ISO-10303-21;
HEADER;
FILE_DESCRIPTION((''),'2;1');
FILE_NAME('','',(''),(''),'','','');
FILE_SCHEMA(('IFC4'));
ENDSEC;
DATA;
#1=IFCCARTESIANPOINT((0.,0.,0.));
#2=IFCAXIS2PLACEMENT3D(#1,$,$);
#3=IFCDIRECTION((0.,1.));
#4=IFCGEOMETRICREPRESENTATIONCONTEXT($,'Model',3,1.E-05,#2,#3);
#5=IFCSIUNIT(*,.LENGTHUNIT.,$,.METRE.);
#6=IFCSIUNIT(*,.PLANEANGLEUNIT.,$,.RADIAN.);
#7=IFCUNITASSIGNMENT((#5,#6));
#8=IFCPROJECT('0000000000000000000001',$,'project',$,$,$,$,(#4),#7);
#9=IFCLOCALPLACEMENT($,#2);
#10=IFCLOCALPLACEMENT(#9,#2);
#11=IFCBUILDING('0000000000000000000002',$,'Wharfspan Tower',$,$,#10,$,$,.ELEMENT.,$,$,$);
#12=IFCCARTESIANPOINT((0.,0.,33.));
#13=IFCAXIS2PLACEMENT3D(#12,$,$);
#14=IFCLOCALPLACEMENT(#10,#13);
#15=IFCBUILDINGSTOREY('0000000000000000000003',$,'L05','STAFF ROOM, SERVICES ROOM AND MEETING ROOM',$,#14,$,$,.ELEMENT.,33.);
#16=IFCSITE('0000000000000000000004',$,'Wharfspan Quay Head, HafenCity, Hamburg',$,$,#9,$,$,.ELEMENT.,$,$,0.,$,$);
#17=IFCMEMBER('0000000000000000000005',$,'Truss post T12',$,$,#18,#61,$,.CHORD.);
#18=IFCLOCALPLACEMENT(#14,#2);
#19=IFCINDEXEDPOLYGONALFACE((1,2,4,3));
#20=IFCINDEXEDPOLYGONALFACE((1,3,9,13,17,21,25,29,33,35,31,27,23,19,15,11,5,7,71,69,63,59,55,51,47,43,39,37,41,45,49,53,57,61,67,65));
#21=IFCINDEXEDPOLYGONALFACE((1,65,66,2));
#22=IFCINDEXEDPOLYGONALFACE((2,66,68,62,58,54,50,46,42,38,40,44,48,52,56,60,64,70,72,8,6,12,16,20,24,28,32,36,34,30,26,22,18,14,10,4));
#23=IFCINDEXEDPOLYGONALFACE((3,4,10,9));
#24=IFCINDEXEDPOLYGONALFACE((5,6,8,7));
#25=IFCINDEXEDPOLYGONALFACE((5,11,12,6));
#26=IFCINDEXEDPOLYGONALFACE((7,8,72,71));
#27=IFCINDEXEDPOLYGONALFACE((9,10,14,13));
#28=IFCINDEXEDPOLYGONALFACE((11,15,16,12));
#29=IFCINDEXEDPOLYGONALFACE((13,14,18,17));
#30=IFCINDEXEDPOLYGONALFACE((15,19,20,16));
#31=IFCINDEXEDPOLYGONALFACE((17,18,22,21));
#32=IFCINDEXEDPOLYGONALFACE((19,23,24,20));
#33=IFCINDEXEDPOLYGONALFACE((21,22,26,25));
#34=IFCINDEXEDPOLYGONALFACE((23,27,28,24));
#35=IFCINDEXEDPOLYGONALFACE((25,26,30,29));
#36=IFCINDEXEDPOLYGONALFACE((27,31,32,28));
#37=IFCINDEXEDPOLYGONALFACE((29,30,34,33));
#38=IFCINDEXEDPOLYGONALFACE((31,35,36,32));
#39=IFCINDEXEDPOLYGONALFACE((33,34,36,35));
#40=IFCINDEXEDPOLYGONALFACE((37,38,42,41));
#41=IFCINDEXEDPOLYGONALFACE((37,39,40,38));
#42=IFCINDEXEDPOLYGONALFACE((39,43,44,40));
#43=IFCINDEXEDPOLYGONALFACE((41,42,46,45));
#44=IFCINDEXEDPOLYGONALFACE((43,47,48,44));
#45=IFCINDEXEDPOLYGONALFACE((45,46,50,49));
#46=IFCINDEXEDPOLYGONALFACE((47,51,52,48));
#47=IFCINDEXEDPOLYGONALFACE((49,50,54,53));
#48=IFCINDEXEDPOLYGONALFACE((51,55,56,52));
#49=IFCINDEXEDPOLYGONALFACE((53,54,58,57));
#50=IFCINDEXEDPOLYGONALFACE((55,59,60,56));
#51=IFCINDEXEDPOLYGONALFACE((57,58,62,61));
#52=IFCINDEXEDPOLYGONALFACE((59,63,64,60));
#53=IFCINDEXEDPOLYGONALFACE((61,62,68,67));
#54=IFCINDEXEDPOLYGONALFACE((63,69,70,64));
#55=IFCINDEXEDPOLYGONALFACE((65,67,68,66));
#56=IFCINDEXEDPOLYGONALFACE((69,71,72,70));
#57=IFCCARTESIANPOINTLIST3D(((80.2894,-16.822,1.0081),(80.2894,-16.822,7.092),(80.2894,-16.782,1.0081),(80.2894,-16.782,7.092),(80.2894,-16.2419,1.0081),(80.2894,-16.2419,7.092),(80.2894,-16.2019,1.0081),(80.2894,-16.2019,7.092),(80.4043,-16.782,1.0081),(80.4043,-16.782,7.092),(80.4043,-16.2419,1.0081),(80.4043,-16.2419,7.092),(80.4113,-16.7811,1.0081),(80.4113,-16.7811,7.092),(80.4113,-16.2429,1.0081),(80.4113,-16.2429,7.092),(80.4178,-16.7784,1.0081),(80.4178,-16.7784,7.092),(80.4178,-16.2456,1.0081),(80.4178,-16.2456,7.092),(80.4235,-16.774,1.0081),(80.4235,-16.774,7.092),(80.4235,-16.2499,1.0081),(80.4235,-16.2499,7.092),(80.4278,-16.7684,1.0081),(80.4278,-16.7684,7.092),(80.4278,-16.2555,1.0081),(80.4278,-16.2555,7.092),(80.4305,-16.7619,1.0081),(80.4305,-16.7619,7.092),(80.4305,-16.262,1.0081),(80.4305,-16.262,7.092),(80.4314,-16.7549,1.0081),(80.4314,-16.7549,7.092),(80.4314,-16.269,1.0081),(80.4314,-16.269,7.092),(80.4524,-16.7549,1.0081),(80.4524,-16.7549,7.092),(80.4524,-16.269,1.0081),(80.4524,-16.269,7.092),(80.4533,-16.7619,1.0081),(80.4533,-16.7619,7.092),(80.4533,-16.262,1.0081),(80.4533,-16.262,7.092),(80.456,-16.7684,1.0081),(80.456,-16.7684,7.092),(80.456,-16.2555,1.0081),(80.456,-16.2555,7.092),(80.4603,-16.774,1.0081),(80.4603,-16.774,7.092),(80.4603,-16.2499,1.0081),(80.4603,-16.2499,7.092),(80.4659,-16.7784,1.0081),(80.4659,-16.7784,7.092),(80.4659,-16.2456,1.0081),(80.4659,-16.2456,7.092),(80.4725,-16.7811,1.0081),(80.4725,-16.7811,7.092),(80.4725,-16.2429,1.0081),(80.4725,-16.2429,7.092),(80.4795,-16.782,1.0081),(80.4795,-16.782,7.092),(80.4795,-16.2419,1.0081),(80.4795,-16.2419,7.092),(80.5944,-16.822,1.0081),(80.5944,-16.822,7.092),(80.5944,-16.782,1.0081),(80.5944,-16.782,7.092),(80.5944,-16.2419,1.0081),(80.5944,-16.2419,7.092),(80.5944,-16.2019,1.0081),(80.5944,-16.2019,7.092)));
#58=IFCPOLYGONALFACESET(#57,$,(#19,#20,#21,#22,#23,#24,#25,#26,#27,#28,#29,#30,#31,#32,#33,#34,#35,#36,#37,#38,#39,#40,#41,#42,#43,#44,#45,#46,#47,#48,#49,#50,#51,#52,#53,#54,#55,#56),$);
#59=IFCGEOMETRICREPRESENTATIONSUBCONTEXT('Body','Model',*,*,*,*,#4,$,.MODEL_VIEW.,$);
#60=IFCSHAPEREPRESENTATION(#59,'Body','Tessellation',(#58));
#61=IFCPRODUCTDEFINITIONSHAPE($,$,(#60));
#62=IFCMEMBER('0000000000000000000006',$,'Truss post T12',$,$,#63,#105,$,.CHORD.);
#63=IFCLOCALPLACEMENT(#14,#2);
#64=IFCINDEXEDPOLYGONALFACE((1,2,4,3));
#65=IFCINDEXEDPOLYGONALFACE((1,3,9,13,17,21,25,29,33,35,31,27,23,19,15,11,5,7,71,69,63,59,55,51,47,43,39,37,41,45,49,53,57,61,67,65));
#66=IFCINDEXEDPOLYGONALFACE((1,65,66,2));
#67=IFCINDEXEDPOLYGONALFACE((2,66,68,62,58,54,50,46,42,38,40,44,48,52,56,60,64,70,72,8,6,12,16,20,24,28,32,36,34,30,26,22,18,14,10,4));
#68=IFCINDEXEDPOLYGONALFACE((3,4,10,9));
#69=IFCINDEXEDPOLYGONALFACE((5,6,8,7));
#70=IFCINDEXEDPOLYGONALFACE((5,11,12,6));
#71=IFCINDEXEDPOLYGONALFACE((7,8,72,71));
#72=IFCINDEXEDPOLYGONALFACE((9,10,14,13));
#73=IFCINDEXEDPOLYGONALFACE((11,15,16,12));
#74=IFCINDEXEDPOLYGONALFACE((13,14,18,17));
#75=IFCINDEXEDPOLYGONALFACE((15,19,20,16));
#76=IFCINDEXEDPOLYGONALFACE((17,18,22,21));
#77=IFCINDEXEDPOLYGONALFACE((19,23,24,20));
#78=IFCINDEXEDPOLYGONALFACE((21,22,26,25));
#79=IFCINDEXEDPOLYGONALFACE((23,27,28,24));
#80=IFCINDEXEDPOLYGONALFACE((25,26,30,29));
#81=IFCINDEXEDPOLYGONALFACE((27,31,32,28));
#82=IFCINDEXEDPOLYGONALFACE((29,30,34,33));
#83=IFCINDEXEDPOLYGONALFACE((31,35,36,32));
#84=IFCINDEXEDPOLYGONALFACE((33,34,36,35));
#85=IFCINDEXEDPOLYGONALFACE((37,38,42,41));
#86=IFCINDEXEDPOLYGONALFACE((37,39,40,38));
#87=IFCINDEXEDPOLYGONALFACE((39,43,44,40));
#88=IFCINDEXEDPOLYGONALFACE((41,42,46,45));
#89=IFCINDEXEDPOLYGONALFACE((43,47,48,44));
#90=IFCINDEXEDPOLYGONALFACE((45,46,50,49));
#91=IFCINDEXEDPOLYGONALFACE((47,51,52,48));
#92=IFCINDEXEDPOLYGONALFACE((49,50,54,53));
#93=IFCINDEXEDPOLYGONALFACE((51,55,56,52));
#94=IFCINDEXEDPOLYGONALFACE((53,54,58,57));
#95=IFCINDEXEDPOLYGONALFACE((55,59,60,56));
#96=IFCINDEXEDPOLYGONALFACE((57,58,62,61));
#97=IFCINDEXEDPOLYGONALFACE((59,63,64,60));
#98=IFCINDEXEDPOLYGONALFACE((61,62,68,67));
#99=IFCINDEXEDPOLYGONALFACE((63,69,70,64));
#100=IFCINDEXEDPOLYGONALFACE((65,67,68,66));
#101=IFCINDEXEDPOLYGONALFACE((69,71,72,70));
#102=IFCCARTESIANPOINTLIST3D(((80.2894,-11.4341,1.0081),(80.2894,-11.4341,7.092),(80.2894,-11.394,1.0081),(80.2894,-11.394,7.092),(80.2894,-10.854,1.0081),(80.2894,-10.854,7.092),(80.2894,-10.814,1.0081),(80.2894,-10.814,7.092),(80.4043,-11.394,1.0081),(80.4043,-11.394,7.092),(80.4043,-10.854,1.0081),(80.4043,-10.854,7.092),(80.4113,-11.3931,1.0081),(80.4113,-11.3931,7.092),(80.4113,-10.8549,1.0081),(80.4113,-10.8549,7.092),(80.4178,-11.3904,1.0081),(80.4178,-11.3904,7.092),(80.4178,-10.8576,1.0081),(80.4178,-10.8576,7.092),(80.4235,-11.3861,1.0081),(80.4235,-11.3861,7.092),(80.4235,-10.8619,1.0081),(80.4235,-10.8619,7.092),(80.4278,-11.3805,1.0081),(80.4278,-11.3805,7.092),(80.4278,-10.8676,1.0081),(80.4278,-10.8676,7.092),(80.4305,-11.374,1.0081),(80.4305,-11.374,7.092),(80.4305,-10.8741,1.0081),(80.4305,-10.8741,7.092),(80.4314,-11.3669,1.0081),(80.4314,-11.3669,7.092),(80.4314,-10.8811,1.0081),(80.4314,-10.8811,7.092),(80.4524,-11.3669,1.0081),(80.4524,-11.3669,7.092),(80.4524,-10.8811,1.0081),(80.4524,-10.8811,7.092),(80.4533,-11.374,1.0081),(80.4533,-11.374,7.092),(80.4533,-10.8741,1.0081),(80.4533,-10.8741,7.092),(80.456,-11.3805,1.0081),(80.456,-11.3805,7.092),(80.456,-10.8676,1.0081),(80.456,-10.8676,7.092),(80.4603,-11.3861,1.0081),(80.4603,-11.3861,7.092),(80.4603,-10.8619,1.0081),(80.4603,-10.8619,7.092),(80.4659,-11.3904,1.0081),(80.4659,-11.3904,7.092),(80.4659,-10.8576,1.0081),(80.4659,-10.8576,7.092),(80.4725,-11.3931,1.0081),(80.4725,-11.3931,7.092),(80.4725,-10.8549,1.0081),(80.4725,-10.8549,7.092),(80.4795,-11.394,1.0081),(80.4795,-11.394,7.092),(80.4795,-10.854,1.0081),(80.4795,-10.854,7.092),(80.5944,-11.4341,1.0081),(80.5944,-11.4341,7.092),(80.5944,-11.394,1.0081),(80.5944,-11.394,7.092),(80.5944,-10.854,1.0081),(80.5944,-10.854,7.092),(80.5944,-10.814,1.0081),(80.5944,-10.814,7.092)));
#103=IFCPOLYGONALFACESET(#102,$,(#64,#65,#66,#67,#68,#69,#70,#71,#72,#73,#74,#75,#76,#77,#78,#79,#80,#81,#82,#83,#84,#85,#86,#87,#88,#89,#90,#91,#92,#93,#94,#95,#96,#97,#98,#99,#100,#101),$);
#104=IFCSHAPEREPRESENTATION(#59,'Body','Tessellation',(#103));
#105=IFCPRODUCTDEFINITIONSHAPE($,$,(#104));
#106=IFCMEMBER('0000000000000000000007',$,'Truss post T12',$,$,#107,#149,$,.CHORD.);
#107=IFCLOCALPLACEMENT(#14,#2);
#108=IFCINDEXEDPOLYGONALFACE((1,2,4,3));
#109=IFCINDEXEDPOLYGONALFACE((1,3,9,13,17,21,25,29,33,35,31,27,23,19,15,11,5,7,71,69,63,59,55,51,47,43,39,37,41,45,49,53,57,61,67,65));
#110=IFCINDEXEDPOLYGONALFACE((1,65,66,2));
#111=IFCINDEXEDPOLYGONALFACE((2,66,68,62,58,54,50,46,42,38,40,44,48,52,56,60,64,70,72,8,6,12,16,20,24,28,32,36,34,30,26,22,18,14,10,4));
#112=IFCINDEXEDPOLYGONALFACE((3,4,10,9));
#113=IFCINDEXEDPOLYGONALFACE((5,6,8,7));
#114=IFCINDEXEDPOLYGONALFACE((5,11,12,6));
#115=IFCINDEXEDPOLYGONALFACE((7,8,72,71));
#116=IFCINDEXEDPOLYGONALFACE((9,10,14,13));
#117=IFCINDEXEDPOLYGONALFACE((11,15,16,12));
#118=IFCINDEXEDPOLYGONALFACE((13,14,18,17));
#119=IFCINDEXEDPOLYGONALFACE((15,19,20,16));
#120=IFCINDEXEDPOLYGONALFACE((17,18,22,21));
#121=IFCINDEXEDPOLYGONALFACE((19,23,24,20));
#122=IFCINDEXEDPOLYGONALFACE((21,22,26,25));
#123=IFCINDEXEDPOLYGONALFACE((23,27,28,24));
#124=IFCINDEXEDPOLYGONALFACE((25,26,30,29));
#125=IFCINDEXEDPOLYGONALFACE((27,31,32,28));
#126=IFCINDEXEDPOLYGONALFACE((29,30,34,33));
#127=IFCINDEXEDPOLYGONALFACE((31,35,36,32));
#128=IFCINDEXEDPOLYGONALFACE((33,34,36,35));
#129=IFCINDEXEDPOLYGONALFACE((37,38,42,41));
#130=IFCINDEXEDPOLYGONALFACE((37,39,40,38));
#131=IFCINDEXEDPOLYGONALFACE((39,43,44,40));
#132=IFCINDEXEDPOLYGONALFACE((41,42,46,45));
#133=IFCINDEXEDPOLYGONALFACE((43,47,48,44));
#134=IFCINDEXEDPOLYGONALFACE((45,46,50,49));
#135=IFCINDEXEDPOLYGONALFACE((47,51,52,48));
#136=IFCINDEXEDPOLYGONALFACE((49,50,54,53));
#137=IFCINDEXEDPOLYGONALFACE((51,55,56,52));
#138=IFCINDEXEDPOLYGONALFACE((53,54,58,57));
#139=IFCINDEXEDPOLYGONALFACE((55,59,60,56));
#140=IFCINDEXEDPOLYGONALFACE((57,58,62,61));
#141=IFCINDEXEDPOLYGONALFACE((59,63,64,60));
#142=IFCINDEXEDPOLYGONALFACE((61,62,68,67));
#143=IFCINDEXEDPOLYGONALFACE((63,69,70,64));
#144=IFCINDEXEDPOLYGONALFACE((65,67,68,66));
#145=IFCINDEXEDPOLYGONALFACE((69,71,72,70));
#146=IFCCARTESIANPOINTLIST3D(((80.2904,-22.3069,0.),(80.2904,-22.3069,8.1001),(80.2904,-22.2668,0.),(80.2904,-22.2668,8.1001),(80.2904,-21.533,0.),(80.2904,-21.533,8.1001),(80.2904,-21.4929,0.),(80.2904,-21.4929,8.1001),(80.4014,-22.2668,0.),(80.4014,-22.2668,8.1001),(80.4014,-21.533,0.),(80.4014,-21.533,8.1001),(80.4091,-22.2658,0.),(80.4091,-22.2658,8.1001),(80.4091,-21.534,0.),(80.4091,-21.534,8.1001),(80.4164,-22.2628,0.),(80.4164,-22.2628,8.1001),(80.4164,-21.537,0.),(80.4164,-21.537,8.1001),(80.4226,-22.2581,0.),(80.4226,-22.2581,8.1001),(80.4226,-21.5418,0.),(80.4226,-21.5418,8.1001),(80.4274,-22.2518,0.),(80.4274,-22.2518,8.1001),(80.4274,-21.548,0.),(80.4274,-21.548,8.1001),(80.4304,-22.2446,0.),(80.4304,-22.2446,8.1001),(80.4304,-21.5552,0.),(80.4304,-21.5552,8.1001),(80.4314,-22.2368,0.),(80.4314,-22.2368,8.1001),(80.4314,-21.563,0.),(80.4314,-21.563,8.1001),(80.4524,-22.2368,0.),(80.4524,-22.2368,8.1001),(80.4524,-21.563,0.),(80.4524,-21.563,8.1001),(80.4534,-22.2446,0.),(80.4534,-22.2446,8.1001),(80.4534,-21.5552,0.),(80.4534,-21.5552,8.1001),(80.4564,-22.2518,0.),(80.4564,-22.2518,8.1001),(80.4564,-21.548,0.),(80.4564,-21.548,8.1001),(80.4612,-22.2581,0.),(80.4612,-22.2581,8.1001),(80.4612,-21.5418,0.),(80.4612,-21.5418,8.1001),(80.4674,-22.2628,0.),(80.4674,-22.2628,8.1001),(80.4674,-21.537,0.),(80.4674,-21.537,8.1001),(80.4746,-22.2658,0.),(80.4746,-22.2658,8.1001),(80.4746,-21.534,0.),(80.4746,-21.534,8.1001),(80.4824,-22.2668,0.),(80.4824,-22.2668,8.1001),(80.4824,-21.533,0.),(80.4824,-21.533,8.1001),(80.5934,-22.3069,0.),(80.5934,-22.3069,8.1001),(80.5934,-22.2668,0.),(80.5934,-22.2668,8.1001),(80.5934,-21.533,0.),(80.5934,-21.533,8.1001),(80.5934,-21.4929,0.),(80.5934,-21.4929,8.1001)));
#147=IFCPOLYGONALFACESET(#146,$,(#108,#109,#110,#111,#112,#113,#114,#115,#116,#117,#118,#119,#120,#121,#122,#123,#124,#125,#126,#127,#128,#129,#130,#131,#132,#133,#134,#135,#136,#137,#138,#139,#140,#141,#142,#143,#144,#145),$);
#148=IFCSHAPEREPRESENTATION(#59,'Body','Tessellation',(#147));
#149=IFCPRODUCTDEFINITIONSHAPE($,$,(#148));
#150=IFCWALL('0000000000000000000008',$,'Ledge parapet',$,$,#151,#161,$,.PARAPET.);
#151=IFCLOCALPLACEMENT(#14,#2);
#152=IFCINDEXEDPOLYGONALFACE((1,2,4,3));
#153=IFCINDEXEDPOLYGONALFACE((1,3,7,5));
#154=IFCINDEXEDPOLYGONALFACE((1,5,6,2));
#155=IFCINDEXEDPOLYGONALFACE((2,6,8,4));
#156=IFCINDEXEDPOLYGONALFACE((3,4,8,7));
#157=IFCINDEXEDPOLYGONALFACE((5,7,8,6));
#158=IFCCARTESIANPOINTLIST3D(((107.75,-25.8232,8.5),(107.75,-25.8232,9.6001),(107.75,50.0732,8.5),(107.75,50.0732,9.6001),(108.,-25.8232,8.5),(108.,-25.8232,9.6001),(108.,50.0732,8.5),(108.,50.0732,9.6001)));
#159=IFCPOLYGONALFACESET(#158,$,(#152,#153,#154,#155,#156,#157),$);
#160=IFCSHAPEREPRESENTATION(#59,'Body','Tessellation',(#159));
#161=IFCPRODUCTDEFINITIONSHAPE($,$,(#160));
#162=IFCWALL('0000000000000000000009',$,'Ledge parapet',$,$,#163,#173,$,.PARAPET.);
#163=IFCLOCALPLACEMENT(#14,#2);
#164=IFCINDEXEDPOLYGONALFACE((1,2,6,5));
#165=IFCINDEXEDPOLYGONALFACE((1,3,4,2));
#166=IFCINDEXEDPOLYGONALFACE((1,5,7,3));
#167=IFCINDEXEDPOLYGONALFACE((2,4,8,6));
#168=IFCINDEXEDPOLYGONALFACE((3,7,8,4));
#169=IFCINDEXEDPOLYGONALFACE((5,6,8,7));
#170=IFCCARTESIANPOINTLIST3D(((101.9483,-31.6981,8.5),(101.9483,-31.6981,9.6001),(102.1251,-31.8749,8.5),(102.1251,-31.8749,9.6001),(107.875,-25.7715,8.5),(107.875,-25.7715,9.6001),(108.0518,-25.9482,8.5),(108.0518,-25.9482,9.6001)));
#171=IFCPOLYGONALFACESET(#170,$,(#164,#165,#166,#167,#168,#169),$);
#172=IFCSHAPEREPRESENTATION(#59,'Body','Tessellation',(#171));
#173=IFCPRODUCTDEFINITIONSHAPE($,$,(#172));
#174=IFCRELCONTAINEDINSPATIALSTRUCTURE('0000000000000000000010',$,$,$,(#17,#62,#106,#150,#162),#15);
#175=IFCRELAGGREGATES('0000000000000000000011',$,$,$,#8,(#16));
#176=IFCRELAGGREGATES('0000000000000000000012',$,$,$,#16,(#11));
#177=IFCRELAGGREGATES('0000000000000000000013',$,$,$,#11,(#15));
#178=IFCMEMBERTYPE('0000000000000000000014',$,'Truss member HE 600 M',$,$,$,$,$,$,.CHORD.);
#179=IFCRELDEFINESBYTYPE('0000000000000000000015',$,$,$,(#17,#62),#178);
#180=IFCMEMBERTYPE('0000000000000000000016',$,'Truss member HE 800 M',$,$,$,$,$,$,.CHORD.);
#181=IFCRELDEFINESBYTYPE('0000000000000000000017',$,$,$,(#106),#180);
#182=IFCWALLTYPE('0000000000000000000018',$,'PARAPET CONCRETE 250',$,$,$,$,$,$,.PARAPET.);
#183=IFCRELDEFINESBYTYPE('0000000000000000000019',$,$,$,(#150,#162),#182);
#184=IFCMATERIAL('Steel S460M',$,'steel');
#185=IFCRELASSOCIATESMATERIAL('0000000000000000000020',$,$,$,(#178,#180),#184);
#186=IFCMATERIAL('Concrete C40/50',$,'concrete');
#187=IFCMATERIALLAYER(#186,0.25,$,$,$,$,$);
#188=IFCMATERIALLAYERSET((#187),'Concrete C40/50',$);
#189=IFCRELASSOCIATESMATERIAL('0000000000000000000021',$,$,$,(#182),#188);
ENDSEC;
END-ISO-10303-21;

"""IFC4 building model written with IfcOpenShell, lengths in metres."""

from ifc_helpers import new_model, si_unit, direction, frame, frame_2d, origin, origin_2d, place, context, subcontext, project, spatial, rectangle, i_section, extrude, material, layer, layer_set, material_profile, profile_set, type_object, element, save


model = new_model("IFC4")

# Units and contexts
model_context = context("Model", 3, precision=1e-05, world=origin(), true_north=direction((0.0, 1.0)))
body_context = subcontext(model_context, "Body", "Model", "MODEL_VIEW")
ifc_project = project(units=[si_unit("LENGTHUNIT", "METRE"), si_unit("PLANEANGLEUNIT", "RADIAN")], contexts=[model_context])

# Site, building, storey
site_placement = place(None, origin())
site = spatial("IfcSite", under=ifc_project, at=site_placement, Name="Wharfspan Quay Head, HafenCity, Hamburg", CompositionType="ELEMENT", RefElevation=0.0)
building_placement = place(site_placement, origin())
building = spatial("IfcBuilding", under=site, at=building_placement, Name="Wharfspan Tower", CompositionType="ELEMENT")
storey_placement = place(building_placement, frame((0.0, 0.0, 33.0)))
storey = spatial("IfcBuildingStorey", under=building, at=storey_placement, Name="L05", Description="STAFF ROOM, SERVICES ROOM AND MEETING ROOM", CompositionType="ELEMENT", Elevation=33.0)

# Members
ifc_material_1 = material(Name="Steel S460M", Category="steel")
ifc_material_profile_1 = material_profile(ifc_material_1, i_section(OverallWidth=0.3049, OverallDepth=0.6201, WebThickness=0.021, FlangeThickness=0.04, FilletRadius=0.0271, at=origin_2d()))
ifc_profile_set_1 = profile_set([ifc_material_profile_1], Name="Steel S460M")
member_type_1 = type_object("IfcMemberType", Name="Truss member HE 600 M", PredefinedType="CHORD", material=ifc_profile_set_1)
for number, where, z_axis, x_axis, name in (
    (1, (80.4419, -16.512, 1.0081), (0.0, 0.0, 1.0), (1.0, 0.0, 0.0), "Truss post T12"),
    (2, (80.4419, -11.124, 1.0081), (0.0, 0.0, 1.0), (1.0, 0.0, 0.0), "Truss post T12"),
):
    element("IfcMember", number, at=place(storey_placement, frame(where, z_axis=z_axis, x_axis=x_axis)), inside=storey, type_object=member_type_1, Name=name, PredefinedType="CHORD", context=body_context, shape_type="SweptSolid", body=[
        extrude(i_section(OverallWidth=0.3049, OverallDepth=0.6201, WebThickness=0.021, FlangeThickness=0.04, FilletRadius=0.0271, at=origin_2d()), origin(), (0.0, 0.0, 1.0), 6.084),
    ])
ifc_material_profile_2 = material_profile(ifc_material_1, i_section(OverallWidth=0.303, OverallDepth=0.814, WebThickness=0.021, FlangeThickness=0.04, FilletRadius=0.03, at=origin_2d()))
ifc_profile_set_2 = profile_set([ifc_material_profile_2], Name="Steel S460M")
member_type_2 = type_object("IfcMemberType", Name="Truss member HE 800 M", PredefinedType="CHORD", material=ifc_profile_set_2)
member_1_placement = place(storey_placement, frame((80.4419, -21.8999, 0.0), z_axis=(0.0, 0.0, 1.0), x_axis=(1.0, 0.0, 0.0)))
element("IfcMember", 3, at=member_1_placement, inside=storey, type_object=member_type_2, Name="Truss post T12", PredefinedType="CHORD", context=body_context, shape_type="SweptSolid", body=[
    extrude(i_section(OverallWidth=0.303, OverallDepth=0.814, WebThickness=0.021, FlangeThickness=0.04, FilletRadius=0.03, at=origin_2d()), origin(), (0.0, 0.0, 1.0), 8.1001),
])

# Walls
ifc_material_2 = material(Name="Concrete C40/50", Category="concrete")
ifc_layer = layer(ifc_material_2, 0.25)
ifc_layer_set = layer_set([ifc_layer], Name="Concrete C40/50")
wall_type = type_object("IfcWallType", Name="PARAPET CONCRETE 250", PredefinedType="PARAPET", material=ifc_layer_set)
wall_1_placement = place(storey_placement, frame((107.875, -25.8232, 8.5), z_axis=(0.0, 0.0, 1.0), x_axis=(0.0, 1.0, 0.0)))
element("IfcWall", 4, at=wall_1_placement, inside=storey, type_object=wall_type, Name="Ledge parapet", PredefinedType="PARAPET", context=body_context, shape_type="SweptSolid", body=[
    extrude(rectangle(XDim=75.8965, YDim=0.25, at=frame_2d((37.9482, 0.0))), origin(), (0.0, 0.0, 1.0), 1.1001),
])
wall_2_placement = place(storey_placement, frame((102.0366, -31.7866, 8.5), z_axis=(0.0, 0.0, 1.0), x_axis=(0.707107, 0.707107, 0.0)))
element("IfcWall", 5, at=wall_2_placement, inside=storey, type_object=wall_type, Name="Ledge parapet", PredefinedType="PARAPET", context=body_context, shape_type="SweptSolid", body=[
    extrude(rectangle(XDim=8.3816, YDim=0.25, at=frame_2d((4.1909, 0.0))), origin(), (0.0, 0.0, 1.0), 1.1001),
])

save(model, "model.ifc")
